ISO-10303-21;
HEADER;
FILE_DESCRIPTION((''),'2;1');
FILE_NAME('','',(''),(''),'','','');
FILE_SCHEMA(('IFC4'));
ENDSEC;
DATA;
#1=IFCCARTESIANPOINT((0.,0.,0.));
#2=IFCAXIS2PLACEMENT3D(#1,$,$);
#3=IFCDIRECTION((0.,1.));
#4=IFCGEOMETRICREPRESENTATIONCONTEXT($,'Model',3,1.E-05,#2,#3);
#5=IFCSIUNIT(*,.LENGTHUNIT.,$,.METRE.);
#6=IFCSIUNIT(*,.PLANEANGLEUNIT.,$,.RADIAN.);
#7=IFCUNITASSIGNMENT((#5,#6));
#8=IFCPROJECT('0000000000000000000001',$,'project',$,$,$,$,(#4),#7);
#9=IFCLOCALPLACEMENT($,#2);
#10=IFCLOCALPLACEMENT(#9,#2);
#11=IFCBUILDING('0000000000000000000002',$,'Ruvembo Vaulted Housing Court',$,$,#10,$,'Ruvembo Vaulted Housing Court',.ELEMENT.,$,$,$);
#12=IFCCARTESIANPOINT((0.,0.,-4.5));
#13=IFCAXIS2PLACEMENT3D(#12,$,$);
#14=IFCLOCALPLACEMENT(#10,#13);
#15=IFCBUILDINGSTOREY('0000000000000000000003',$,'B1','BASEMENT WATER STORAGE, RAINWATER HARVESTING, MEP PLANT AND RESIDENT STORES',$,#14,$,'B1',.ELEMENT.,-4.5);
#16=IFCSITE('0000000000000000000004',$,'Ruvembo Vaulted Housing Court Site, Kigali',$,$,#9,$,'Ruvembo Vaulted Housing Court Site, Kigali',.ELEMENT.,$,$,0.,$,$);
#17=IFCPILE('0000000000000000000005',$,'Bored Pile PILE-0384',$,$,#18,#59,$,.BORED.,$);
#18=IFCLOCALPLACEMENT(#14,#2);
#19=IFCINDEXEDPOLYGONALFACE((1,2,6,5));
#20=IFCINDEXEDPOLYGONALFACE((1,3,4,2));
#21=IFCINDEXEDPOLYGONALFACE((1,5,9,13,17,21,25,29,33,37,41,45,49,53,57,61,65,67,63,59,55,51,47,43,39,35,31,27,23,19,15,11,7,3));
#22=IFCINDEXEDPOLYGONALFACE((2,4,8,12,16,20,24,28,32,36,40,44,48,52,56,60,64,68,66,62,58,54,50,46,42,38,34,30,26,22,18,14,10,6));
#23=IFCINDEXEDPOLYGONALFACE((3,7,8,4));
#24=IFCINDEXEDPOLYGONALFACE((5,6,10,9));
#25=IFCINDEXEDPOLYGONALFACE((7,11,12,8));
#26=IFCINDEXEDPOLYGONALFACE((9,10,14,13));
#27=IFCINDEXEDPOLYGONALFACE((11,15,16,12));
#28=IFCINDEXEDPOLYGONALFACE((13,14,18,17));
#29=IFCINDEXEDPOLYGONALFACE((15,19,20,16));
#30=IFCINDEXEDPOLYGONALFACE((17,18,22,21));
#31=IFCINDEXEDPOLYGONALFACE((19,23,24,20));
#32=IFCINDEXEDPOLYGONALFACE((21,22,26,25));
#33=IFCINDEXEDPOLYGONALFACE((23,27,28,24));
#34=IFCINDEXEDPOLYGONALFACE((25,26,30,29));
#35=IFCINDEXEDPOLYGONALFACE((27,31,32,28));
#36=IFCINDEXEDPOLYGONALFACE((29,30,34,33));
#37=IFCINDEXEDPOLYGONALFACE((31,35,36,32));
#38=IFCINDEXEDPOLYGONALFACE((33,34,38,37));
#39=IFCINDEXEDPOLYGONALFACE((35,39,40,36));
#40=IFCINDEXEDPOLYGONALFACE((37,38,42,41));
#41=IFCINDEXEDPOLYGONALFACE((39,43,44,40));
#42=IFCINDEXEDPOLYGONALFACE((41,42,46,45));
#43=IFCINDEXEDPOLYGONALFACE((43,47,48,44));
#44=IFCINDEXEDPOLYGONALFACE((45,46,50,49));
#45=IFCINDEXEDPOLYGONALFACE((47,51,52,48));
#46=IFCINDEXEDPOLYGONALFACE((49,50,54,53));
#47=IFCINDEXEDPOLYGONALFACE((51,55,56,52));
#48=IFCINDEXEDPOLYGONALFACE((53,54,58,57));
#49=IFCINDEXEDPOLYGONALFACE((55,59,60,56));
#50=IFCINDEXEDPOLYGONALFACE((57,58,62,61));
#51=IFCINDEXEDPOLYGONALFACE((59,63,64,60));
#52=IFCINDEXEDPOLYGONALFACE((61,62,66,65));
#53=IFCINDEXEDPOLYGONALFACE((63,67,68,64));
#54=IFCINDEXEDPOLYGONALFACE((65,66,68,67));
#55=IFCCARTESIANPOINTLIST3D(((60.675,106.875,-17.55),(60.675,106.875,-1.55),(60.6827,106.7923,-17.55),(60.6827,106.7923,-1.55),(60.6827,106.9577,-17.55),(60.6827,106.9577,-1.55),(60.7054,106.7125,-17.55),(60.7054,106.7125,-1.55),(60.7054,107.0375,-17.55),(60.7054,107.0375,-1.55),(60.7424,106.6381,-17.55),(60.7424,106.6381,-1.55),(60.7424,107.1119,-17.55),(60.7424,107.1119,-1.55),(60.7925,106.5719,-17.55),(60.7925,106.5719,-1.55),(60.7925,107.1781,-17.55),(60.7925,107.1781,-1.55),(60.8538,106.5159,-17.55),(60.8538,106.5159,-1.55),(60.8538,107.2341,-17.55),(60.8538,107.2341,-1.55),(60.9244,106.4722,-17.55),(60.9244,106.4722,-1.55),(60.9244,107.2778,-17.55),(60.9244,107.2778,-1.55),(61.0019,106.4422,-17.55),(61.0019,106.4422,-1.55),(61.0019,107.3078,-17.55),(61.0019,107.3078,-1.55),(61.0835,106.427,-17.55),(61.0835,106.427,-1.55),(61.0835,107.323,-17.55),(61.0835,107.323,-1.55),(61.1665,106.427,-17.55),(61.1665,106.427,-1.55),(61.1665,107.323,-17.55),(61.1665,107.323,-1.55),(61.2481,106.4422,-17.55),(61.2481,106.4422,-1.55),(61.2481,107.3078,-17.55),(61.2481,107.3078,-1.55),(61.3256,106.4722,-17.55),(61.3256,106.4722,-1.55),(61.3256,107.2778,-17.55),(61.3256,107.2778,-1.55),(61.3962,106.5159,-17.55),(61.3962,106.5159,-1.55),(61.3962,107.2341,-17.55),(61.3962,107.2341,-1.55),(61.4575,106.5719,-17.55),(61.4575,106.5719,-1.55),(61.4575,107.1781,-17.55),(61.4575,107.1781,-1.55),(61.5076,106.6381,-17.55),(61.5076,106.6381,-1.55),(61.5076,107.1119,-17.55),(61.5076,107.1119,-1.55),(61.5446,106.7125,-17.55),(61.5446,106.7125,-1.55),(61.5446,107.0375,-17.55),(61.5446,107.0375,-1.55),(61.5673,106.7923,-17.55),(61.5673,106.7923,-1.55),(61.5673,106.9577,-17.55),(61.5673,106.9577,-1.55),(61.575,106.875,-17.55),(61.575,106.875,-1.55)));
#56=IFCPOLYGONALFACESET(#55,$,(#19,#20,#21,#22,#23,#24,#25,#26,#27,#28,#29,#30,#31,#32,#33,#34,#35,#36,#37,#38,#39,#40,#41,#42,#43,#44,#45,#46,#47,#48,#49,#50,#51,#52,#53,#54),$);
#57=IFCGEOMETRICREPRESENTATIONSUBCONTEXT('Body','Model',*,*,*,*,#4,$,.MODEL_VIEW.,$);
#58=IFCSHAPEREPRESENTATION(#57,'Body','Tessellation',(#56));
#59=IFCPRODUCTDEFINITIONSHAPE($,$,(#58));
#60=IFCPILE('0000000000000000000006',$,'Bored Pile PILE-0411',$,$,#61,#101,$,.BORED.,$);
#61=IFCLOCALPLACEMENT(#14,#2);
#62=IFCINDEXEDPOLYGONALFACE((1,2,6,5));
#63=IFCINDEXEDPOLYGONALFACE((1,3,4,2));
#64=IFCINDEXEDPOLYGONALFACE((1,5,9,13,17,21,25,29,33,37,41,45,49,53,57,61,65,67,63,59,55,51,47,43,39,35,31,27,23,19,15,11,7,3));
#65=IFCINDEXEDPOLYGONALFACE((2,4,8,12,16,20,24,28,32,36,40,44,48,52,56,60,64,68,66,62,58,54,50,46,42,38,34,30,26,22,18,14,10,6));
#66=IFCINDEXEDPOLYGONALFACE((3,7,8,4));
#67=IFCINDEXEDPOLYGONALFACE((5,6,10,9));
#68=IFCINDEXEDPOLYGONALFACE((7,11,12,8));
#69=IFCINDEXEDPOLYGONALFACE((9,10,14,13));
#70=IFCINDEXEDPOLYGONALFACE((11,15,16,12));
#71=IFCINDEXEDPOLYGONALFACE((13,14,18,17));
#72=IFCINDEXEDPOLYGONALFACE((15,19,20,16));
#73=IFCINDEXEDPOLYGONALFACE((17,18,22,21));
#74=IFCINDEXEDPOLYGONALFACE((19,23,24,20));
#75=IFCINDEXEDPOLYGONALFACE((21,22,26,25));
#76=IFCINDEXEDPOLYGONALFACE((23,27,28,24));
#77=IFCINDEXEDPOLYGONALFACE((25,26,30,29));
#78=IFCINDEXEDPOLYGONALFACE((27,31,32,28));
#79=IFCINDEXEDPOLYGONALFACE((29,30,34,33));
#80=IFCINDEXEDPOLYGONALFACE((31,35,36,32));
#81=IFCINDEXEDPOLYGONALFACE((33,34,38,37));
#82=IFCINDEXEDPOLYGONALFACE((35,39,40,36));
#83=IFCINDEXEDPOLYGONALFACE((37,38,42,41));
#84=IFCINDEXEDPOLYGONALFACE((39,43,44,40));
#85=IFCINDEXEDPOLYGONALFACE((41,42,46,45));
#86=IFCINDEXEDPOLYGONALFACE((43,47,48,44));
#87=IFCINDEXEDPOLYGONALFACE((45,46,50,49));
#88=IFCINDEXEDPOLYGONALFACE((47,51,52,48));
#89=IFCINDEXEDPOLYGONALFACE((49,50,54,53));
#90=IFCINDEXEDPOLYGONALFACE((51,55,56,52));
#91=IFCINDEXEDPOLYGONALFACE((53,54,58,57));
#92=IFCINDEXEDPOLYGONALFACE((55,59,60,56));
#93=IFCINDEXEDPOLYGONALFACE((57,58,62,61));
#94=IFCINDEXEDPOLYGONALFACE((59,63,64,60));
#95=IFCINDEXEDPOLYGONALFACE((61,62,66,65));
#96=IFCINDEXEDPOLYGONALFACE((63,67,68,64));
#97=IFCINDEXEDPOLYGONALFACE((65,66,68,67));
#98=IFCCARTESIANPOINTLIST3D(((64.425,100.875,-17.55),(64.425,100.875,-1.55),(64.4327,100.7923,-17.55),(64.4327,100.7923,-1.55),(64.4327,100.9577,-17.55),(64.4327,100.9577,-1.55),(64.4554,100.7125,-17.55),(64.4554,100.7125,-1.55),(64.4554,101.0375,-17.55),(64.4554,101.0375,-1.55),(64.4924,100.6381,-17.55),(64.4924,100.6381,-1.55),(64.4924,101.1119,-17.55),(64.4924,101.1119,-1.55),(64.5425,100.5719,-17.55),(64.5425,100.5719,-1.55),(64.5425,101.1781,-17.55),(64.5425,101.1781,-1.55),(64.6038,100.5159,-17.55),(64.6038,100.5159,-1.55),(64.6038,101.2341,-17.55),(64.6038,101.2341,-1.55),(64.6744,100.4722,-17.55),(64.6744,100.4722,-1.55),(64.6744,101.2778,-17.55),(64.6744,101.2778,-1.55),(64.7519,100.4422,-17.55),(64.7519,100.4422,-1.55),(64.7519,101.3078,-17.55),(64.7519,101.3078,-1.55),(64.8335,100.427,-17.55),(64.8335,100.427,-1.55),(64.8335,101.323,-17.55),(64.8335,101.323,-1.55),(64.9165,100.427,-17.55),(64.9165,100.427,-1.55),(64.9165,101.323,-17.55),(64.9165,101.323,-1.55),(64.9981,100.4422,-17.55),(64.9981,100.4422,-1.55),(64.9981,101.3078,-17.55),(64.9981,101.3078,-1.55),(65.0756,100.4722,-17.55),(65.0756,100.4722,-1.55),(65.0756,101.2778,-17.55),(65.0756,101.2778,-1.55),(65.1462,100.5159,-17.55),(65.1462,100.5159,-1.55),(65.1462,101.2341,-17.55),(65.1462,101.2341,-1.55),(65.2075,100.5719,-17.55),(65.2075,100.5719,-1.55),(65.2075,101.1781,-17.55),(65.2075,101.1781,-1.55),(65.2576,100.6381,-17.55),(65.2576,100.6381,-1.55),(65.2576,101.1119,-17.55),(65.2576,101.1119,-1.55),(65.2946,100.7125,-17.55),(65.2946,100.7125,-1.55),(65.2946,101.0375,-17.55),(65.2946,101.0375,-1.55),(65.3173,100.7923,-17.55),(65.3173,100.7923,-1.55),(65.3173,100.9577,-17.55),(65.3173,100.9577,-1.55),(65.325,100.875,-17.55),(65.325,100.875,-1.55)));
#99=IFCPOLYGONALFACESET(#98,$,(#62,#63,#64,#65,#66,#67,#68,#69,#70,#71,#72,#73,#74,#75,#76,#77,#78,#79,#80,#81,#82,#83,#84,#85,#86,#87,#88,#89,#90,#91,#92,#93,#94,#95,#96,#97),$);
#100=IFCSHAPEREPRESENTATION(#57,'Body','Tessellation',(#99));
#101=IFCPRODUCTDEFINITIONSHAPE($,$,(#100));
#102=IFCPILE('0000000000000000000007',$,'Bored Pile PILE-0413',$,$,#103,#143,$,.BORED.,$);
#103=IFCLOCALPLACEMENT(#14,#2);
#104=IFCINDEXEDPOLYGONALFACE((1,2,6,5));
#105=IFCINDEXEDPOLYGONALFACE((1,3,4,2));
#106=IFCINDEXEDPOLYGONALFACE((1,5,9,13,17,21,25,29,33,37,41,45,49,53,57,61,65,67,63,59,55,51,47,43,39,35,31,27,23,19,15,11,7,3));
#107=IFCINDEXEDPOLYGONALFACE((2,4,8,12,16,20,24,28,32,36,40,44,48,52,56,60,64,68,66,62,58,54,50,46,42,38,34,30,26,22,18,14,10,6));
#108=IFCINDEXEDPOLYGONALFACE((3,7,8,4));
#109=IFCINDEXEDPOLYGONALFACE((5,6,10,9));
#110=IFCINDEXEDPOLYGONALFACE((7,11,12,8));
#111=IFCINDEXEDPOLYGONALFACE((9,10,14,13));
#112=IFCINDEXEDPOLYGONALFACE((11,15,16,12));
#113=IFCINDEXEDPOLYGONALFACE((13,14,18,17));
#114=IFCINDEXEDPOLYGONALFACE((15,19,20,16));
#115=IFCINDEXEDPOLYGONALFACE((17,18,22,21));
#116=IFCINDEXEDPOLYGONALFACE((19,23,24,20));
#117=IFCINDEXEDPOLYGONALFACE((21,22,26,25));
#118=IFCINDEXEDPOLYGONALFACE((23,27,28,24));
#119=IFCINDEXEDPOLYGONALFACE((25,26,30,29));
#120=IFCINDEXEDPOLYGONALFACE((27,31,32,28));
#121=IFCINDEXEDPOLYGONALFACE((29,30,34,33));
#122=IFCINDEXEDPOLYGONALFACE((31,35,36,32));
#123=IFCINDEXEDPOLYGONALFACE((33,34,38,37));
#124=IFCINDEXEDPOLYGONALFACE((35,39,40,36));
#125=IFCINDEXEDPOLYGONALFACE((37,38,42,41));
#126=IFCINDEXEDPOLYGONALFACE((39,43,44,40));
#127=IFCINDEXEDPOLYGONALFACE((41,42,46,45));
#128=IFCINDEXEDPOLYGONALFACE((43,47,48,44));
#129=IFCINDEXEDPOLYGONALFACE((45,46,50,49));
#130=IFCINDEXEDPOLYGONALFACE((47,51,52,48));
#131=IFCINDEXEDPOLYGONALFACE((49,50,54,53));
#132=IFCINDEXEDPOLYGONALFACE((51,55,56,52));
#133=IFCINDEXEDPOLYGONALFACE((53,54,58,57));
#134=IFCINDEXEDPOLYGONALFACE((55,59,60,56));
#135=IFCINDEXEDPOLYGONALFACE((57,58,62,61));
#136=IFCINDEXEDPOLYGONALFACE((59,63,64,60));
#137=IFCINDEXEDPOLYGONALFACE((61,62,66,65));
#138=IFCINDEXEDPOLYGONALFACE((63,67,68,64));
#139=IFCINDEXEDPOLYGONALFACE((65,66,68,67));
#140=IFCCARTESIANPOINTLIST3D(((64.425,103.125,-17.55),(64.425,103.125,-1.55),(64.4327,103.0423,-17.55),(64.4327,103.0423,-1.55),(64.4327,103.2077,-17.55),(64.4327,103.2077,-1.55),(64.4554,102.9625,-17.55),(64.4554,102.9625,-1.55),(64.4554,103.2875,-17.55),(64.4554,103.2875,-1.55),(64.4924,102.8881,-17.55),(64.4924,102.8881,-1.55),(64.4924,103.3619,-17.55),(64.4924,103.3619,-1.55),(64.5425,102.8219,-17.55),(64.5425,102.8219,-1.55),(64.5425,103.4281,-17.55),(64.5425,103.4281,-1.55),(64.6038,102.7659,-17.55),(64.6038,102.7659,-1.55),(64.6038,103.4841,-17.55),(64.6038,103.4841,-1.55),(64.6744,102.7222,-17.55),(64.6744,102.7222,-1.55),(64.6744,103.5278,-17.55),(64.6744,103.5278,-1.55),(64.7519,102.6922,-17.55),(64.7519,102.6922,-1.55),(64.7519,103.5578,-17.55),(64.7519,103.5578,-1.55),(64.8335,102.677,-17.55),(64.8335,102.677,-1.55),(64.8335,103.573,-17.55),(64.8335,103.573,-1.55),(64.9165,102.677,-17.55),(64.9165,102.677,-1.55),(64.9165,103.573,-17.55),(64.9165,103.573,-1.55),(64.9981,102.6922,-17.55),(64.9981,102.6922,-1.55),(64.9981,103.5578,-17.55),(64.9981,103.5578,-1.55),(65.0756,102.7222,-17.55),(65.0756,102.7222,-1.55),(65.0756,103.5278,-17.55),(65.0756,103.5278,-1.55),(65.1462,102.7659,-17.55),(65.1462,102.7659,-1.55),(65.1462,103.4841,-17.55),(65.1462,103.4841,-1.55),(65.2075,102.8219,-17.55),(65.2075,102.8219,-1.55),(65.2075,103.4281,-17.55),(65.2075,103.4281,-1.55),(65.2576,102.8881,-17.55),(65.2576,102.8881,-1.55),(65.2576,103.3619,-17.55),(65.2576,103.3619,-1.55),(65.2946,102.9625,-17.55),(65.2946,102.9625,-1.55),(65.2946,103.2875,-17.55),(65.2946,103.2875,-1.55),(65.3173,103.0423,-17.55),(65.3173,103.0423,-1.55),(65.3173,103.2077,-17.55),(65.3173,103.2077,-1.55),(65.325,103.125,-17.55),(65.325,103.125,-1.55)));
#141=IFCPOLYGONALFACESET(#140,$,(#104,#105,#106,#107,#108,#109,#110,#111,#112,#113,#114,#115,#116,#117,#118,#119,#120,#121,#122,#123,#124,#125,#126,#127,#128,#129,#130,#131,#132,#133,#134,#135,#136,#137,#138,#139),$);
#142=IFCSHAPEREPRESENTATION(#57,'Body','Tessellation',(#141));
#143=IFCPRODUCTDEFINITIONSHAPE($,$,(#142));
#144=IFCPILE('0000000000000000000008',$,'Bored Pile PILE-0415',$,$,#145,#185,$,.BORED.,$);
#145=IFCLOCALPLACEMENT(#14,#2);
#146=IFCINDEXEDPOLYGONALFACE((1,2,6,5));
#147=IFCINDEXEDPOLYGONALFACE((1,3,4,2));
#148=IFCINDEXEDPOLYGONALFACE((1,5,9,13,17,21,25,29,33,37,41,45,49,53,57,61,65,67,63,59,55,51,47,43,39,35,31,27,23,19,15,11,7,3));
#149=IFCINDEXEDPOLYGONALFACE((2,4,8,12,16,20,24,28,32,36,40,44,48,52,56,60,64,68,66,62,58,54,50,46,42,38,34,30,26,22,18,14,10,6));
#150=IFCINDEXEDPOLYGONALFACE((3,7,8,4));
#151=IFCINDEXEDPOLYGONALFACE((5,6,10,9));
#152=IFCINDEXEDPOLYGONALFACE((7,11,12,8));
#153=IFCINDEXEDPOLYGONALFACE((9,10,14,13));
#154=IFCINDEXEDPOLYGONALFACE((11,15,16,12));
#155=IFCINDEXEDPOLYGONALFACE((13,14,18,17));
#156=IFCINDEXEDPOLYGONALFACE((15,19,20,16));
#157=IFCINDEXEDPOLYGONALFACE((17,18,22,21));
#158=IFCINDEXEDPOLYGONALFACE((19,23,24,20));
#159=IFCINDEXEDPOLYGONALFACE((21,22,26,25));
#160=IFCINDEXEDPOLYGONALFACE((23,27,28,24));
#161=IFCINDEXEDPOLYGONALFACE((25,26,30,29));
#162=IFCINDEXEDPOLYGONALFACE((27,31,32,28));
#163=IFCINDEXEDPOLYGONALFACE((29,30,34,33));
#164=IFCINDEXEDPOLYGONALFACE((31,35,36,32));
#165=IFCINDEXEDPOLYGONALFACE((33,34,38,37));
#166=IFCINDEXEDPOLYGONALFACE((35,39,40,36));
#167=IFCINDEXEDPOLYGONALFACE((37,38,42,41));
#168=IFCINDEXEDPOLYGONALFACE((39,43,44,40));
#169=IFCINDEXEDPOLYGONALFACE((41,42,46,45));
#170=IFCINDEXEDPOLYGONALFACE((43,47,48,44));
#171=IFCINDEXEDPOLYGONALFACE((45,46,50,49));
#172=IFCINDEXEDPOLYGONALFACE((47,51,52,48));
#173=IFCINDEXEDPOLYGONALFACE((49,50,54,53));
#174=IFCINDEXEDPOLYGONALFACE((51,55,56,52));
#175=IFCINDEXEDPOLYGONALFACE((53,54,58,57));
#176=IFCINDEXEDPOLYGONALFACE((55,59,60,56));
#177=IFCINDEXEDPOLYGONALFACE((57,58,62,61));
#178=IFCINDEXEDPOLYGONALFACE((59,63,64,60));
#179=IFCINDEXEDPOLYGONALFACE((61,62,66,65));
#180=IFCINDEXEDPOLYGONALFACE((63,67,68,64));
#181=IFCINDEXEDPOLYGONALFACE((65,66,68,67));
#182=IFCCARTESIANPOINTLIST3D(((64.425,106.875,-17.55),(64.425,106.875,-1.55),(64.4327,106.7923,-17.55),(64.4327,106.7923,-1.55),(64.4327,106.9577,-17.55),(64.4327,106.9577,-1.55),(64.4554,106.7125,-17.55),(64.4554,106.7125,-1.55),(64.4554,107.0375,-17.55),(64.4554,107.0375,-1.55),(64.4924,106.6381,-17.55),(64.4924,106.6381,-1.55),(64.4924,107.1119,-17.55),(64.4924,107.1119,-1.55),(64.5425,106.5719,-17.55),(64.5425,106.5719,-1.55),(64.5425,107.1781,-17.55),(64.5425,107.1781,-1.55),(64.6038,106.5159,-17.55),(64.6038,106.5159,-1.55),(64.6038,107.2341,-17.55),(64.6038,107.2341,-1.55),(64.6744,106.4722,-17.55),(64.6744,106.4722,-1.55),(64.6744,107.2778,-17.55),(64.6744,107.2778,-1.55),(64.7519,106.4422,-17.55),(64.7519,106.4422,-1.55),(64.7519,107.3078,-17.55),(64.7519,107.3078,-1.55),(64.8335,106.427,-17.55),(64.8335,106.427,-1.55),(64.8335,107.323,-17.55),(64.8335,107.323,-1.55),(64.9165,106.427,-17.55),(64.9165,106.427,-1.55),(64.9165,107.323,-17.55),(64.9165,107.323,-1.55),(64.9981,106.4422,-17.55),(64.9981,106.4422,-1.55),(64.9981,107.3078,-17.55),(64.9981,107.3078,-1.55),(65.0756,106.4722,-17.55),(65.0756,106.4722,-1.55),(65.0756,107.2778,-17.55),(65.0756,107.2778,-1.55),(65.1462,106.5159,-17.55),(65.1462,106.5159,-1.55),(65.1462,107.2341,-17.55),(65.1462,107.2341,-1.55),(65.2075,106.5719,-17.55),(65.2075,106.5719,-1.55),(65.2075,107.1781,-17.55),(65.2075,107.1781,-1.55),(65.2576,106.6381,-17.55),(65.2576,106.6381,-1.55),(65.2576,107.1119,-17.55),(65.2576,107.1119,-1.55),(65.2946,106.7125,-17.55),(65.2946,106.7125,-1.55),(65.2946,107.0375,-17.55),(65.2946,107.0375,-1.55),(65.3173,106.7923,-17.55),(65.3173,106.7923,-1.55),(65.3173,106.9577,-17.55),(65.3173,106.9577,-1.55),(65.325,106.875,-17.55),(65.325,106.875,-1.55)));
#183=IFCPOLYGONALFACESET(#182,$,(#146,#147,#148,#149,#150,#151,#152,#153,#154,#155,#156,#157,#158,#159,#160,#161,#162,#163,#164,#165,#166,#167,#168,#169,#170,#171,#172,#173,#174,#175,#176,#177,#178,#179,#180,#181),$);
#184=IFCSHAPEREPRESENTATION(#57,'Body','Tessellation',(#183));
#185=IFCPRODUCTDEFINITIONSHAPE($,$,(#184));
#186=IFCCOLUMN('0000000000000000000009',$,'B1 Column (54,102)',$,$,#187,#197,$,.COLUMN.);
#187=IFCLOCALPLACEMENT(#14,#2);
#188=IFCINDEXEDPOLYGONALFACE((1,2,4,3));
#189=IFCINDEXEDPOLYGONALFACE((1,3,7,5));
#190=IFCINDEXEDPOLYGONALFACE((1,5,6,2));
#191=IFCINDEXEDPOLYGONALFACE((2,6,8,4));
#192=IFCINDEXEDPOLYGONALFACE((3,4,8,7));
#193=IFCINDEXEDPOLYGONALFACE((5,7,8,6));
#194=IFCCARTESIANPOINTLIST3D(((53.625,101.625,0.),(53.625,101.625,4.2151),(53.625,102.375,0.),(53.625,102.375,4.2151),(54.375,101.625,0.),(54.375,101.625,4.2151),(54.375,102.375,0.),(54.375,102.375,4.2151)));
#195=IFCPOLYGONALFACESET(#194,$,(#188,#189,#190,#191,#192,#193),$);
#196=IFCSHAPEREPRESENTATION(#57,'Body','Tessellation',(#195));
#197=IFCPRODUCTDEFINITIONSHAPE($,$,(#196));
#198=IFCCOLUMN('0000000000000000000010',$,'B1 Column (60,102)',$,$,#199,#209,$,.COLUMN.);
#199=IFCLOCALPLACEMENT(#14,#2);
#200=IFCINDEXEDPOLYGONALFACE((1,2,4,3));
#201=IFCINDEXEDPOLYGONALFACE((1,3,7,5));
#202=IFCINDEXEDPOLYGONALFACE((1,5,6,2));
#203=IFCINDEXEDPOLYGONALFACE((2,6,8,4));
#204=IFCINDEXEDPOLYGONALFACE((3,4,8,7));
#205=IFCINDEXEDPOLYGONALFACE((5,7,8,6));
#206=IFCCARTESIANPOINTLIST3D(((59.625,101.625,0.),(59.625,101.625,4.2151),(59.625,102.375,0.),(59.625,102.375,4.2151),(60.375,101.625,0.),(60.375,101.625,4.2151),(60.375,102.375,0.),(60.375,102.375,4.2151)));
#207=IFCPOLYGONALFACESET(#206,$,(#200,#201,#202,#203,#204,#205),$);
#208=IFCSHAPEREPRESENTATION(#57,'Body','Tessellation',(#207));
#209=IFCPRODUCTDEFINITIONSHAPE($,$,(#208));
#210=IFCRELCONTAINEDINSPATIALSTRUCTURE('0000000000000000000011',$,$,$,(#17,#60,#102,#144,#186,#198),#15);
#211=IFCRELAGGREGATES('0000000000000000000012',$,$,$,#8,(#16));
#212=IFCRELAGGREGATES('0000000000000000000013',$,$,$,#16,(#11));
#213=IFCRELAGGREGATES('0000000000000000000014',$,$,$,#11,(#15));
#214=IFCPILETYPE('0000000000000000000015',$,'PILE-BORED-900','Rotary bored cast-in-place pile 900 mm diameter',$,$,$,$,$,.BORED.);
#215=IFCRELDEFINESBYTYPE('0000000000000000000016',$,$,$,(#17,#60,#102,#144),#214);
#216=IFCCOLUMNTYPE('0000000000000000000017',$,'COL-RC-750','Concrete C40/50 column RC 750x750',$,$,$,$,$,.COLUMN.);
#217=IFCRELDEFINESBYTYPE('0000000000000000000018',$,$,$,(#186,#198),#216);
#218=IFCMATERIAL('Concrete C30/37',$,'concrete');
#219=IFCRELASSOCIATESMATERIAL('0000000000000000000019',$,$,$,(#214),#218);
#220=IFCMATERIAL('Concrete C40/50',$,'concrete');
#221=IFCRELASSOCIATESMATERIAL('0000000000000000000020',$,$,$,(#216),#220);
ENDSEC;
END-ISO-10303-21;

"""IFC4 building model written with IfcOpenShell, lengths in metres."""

from ifc_helpers import new_model, si_unit, direction, frame, origin, origin_2d, place, context, subcontext, project, spatial, rectangle, circle, extrude, material, material_profile, profile_set, type_object, element, save


model = new_model("IFC4")

# Units and contexts
model_context = context("Model", 3, precision=1e-05, world=origin(), true_north=direction((0.0, 1.0)))
body_context = subcontext(model_context, "Body", "Model", "MODEL_VIEW")
ifc_project = project(units=[si_unit("LENGTHUNIT", "METRE"), si_unit("PLANEANGLEUNIT", "RADIAN")], contexts=[model_context])

# Site, building, storey
site_placement = place(None, origin())
site = spatial("IfcSite", under=ifc_project, at=site_placement, Name="Ruvembo Vaulted Housing Court Site, Kigali", LongName="Ruvembo Vaulted Housing Court Site, Kigali", CompositionType="ELEMENT", RefElevation=0.0)
building_placement = place(site_placement, origin())
building = spatial("IfcBuilding", under=site, at=building_placement, Name="Ruvembo Vaulted Housing Court", LongName="Ruvembo Vaulted Housing Court", CompositionType="ELEMENT")
storey_placement = place(building_placement, frame((0.0, 0.0, -4.5)))
storey = spatial("IfcBuildingStorey", under=building, at=storey_placement, Name="B1", Description="BASEMENT WATER STORAGE, RAINWATER HARVESTING, MEP PLANT AND RESIDENT STORES", LongName="B1", CompositionType="ELEMENT", Elevation=-4.5)

# Piles
ifc_material_1 = material(Name="Concrete C30/37", Category="concrete")
ifc_material_profile_1 = material_profile(ifc_material_1, circle(Radius=0.45, at=origin_2d()), Name="PILE D900")
ifc_profile_set_1 = profile_set([ifc_material_profile_1], Name="Concrete C30/37")
pile_type = type_object("IfcPileType", Name="PILE-BORED-900", Description="Rotary bored cast-in-place pile 900 mm diameter", PredefinedType="BORED", material=ifc_profile_set_1)
for number, where, z_axis, x_axis, name in (
    (1, (61.125, 106.875, -1.55), (0.0, 0.0, -1.0), (1.0, 0.0, 0.0), "Bored Pile PILE-0384"),
    (2, (64.875, 100.875, -1.55), (0.0, 0.0, -1.0), (1.0, 0.0, 0.0), "Bored Pile PILE-0411"),
    (3, (64.875, 103.125, -1.55), (0.0, 0.0, -1.0), (1.0, 0.0, 0.0), "Bored Pile PILE-0413"),
    (4, (64.875, 106.875, -1.55), (0.0, 0.0, -1.0), (1.0, 0.0, 0.0), "Bored Pile PILE-0415"),
):
    element("IfcPile", number, at=place(storey_placement, frame(where, z_axis=z_axis, x_axis=x_axis)), inside=storey, type_object=pile_type, Name=name, PredefinedType="BORED", context=body_context, shape_type="SweptSolid", body=[
        extrude(circle(Radius=0.45, at=origin_2d()), origin(), (0.0, 0.0, 1.0), 16.0),
    ])

# Columns
ifc_material_2 = material(Name="Concrete C40/50", Category="concrete")
ifc_material_profile_2 = material_profile(ifc_material_2, rectangle(XDim=0.75, YDim=0.75, at=origin_2d()), Name="RC 750x750")
ifc_profile_set_2 = profile_set([ifc_material_profile_2], Name="Concrete C40/50")
column_type = type_object("IfcColumnType", Name="COL-RC-750", Description="Concrete C40/50 column RC 750x750", PredefinedType="COLUMN", material=ifc_profile_set_2)
for number, where, z_axis, x_axis, name in (
    (5, (54.0, 102.0, 0.0), (0.0, 0.0, 1.0), (1.0, 0.0, 0.0), "B1 Column (54,102)"),
    (6, (60.0, 102.0, 0.0), (0.0, 0.0, 1.0), (1.0, 0.0, 0.0), "B1 Column (60,102)"),
):
    element("IfcColumn", number, at=place(storey_placement, frame(where, z_axis=z_axis, x_axis=x_axis)), inside=storey, type_object=column_type, Name=name, PredefinedType="COLUMN", context=body_context, shape_type="SweptSolid", body=[
        extrude(rectangle(XDim=0.75, YDim=0.75, at=origin_2d()), origin(), (0.0, 0.0, 1.0), 4.2151),
    ])

save(model, "model.ifc")
